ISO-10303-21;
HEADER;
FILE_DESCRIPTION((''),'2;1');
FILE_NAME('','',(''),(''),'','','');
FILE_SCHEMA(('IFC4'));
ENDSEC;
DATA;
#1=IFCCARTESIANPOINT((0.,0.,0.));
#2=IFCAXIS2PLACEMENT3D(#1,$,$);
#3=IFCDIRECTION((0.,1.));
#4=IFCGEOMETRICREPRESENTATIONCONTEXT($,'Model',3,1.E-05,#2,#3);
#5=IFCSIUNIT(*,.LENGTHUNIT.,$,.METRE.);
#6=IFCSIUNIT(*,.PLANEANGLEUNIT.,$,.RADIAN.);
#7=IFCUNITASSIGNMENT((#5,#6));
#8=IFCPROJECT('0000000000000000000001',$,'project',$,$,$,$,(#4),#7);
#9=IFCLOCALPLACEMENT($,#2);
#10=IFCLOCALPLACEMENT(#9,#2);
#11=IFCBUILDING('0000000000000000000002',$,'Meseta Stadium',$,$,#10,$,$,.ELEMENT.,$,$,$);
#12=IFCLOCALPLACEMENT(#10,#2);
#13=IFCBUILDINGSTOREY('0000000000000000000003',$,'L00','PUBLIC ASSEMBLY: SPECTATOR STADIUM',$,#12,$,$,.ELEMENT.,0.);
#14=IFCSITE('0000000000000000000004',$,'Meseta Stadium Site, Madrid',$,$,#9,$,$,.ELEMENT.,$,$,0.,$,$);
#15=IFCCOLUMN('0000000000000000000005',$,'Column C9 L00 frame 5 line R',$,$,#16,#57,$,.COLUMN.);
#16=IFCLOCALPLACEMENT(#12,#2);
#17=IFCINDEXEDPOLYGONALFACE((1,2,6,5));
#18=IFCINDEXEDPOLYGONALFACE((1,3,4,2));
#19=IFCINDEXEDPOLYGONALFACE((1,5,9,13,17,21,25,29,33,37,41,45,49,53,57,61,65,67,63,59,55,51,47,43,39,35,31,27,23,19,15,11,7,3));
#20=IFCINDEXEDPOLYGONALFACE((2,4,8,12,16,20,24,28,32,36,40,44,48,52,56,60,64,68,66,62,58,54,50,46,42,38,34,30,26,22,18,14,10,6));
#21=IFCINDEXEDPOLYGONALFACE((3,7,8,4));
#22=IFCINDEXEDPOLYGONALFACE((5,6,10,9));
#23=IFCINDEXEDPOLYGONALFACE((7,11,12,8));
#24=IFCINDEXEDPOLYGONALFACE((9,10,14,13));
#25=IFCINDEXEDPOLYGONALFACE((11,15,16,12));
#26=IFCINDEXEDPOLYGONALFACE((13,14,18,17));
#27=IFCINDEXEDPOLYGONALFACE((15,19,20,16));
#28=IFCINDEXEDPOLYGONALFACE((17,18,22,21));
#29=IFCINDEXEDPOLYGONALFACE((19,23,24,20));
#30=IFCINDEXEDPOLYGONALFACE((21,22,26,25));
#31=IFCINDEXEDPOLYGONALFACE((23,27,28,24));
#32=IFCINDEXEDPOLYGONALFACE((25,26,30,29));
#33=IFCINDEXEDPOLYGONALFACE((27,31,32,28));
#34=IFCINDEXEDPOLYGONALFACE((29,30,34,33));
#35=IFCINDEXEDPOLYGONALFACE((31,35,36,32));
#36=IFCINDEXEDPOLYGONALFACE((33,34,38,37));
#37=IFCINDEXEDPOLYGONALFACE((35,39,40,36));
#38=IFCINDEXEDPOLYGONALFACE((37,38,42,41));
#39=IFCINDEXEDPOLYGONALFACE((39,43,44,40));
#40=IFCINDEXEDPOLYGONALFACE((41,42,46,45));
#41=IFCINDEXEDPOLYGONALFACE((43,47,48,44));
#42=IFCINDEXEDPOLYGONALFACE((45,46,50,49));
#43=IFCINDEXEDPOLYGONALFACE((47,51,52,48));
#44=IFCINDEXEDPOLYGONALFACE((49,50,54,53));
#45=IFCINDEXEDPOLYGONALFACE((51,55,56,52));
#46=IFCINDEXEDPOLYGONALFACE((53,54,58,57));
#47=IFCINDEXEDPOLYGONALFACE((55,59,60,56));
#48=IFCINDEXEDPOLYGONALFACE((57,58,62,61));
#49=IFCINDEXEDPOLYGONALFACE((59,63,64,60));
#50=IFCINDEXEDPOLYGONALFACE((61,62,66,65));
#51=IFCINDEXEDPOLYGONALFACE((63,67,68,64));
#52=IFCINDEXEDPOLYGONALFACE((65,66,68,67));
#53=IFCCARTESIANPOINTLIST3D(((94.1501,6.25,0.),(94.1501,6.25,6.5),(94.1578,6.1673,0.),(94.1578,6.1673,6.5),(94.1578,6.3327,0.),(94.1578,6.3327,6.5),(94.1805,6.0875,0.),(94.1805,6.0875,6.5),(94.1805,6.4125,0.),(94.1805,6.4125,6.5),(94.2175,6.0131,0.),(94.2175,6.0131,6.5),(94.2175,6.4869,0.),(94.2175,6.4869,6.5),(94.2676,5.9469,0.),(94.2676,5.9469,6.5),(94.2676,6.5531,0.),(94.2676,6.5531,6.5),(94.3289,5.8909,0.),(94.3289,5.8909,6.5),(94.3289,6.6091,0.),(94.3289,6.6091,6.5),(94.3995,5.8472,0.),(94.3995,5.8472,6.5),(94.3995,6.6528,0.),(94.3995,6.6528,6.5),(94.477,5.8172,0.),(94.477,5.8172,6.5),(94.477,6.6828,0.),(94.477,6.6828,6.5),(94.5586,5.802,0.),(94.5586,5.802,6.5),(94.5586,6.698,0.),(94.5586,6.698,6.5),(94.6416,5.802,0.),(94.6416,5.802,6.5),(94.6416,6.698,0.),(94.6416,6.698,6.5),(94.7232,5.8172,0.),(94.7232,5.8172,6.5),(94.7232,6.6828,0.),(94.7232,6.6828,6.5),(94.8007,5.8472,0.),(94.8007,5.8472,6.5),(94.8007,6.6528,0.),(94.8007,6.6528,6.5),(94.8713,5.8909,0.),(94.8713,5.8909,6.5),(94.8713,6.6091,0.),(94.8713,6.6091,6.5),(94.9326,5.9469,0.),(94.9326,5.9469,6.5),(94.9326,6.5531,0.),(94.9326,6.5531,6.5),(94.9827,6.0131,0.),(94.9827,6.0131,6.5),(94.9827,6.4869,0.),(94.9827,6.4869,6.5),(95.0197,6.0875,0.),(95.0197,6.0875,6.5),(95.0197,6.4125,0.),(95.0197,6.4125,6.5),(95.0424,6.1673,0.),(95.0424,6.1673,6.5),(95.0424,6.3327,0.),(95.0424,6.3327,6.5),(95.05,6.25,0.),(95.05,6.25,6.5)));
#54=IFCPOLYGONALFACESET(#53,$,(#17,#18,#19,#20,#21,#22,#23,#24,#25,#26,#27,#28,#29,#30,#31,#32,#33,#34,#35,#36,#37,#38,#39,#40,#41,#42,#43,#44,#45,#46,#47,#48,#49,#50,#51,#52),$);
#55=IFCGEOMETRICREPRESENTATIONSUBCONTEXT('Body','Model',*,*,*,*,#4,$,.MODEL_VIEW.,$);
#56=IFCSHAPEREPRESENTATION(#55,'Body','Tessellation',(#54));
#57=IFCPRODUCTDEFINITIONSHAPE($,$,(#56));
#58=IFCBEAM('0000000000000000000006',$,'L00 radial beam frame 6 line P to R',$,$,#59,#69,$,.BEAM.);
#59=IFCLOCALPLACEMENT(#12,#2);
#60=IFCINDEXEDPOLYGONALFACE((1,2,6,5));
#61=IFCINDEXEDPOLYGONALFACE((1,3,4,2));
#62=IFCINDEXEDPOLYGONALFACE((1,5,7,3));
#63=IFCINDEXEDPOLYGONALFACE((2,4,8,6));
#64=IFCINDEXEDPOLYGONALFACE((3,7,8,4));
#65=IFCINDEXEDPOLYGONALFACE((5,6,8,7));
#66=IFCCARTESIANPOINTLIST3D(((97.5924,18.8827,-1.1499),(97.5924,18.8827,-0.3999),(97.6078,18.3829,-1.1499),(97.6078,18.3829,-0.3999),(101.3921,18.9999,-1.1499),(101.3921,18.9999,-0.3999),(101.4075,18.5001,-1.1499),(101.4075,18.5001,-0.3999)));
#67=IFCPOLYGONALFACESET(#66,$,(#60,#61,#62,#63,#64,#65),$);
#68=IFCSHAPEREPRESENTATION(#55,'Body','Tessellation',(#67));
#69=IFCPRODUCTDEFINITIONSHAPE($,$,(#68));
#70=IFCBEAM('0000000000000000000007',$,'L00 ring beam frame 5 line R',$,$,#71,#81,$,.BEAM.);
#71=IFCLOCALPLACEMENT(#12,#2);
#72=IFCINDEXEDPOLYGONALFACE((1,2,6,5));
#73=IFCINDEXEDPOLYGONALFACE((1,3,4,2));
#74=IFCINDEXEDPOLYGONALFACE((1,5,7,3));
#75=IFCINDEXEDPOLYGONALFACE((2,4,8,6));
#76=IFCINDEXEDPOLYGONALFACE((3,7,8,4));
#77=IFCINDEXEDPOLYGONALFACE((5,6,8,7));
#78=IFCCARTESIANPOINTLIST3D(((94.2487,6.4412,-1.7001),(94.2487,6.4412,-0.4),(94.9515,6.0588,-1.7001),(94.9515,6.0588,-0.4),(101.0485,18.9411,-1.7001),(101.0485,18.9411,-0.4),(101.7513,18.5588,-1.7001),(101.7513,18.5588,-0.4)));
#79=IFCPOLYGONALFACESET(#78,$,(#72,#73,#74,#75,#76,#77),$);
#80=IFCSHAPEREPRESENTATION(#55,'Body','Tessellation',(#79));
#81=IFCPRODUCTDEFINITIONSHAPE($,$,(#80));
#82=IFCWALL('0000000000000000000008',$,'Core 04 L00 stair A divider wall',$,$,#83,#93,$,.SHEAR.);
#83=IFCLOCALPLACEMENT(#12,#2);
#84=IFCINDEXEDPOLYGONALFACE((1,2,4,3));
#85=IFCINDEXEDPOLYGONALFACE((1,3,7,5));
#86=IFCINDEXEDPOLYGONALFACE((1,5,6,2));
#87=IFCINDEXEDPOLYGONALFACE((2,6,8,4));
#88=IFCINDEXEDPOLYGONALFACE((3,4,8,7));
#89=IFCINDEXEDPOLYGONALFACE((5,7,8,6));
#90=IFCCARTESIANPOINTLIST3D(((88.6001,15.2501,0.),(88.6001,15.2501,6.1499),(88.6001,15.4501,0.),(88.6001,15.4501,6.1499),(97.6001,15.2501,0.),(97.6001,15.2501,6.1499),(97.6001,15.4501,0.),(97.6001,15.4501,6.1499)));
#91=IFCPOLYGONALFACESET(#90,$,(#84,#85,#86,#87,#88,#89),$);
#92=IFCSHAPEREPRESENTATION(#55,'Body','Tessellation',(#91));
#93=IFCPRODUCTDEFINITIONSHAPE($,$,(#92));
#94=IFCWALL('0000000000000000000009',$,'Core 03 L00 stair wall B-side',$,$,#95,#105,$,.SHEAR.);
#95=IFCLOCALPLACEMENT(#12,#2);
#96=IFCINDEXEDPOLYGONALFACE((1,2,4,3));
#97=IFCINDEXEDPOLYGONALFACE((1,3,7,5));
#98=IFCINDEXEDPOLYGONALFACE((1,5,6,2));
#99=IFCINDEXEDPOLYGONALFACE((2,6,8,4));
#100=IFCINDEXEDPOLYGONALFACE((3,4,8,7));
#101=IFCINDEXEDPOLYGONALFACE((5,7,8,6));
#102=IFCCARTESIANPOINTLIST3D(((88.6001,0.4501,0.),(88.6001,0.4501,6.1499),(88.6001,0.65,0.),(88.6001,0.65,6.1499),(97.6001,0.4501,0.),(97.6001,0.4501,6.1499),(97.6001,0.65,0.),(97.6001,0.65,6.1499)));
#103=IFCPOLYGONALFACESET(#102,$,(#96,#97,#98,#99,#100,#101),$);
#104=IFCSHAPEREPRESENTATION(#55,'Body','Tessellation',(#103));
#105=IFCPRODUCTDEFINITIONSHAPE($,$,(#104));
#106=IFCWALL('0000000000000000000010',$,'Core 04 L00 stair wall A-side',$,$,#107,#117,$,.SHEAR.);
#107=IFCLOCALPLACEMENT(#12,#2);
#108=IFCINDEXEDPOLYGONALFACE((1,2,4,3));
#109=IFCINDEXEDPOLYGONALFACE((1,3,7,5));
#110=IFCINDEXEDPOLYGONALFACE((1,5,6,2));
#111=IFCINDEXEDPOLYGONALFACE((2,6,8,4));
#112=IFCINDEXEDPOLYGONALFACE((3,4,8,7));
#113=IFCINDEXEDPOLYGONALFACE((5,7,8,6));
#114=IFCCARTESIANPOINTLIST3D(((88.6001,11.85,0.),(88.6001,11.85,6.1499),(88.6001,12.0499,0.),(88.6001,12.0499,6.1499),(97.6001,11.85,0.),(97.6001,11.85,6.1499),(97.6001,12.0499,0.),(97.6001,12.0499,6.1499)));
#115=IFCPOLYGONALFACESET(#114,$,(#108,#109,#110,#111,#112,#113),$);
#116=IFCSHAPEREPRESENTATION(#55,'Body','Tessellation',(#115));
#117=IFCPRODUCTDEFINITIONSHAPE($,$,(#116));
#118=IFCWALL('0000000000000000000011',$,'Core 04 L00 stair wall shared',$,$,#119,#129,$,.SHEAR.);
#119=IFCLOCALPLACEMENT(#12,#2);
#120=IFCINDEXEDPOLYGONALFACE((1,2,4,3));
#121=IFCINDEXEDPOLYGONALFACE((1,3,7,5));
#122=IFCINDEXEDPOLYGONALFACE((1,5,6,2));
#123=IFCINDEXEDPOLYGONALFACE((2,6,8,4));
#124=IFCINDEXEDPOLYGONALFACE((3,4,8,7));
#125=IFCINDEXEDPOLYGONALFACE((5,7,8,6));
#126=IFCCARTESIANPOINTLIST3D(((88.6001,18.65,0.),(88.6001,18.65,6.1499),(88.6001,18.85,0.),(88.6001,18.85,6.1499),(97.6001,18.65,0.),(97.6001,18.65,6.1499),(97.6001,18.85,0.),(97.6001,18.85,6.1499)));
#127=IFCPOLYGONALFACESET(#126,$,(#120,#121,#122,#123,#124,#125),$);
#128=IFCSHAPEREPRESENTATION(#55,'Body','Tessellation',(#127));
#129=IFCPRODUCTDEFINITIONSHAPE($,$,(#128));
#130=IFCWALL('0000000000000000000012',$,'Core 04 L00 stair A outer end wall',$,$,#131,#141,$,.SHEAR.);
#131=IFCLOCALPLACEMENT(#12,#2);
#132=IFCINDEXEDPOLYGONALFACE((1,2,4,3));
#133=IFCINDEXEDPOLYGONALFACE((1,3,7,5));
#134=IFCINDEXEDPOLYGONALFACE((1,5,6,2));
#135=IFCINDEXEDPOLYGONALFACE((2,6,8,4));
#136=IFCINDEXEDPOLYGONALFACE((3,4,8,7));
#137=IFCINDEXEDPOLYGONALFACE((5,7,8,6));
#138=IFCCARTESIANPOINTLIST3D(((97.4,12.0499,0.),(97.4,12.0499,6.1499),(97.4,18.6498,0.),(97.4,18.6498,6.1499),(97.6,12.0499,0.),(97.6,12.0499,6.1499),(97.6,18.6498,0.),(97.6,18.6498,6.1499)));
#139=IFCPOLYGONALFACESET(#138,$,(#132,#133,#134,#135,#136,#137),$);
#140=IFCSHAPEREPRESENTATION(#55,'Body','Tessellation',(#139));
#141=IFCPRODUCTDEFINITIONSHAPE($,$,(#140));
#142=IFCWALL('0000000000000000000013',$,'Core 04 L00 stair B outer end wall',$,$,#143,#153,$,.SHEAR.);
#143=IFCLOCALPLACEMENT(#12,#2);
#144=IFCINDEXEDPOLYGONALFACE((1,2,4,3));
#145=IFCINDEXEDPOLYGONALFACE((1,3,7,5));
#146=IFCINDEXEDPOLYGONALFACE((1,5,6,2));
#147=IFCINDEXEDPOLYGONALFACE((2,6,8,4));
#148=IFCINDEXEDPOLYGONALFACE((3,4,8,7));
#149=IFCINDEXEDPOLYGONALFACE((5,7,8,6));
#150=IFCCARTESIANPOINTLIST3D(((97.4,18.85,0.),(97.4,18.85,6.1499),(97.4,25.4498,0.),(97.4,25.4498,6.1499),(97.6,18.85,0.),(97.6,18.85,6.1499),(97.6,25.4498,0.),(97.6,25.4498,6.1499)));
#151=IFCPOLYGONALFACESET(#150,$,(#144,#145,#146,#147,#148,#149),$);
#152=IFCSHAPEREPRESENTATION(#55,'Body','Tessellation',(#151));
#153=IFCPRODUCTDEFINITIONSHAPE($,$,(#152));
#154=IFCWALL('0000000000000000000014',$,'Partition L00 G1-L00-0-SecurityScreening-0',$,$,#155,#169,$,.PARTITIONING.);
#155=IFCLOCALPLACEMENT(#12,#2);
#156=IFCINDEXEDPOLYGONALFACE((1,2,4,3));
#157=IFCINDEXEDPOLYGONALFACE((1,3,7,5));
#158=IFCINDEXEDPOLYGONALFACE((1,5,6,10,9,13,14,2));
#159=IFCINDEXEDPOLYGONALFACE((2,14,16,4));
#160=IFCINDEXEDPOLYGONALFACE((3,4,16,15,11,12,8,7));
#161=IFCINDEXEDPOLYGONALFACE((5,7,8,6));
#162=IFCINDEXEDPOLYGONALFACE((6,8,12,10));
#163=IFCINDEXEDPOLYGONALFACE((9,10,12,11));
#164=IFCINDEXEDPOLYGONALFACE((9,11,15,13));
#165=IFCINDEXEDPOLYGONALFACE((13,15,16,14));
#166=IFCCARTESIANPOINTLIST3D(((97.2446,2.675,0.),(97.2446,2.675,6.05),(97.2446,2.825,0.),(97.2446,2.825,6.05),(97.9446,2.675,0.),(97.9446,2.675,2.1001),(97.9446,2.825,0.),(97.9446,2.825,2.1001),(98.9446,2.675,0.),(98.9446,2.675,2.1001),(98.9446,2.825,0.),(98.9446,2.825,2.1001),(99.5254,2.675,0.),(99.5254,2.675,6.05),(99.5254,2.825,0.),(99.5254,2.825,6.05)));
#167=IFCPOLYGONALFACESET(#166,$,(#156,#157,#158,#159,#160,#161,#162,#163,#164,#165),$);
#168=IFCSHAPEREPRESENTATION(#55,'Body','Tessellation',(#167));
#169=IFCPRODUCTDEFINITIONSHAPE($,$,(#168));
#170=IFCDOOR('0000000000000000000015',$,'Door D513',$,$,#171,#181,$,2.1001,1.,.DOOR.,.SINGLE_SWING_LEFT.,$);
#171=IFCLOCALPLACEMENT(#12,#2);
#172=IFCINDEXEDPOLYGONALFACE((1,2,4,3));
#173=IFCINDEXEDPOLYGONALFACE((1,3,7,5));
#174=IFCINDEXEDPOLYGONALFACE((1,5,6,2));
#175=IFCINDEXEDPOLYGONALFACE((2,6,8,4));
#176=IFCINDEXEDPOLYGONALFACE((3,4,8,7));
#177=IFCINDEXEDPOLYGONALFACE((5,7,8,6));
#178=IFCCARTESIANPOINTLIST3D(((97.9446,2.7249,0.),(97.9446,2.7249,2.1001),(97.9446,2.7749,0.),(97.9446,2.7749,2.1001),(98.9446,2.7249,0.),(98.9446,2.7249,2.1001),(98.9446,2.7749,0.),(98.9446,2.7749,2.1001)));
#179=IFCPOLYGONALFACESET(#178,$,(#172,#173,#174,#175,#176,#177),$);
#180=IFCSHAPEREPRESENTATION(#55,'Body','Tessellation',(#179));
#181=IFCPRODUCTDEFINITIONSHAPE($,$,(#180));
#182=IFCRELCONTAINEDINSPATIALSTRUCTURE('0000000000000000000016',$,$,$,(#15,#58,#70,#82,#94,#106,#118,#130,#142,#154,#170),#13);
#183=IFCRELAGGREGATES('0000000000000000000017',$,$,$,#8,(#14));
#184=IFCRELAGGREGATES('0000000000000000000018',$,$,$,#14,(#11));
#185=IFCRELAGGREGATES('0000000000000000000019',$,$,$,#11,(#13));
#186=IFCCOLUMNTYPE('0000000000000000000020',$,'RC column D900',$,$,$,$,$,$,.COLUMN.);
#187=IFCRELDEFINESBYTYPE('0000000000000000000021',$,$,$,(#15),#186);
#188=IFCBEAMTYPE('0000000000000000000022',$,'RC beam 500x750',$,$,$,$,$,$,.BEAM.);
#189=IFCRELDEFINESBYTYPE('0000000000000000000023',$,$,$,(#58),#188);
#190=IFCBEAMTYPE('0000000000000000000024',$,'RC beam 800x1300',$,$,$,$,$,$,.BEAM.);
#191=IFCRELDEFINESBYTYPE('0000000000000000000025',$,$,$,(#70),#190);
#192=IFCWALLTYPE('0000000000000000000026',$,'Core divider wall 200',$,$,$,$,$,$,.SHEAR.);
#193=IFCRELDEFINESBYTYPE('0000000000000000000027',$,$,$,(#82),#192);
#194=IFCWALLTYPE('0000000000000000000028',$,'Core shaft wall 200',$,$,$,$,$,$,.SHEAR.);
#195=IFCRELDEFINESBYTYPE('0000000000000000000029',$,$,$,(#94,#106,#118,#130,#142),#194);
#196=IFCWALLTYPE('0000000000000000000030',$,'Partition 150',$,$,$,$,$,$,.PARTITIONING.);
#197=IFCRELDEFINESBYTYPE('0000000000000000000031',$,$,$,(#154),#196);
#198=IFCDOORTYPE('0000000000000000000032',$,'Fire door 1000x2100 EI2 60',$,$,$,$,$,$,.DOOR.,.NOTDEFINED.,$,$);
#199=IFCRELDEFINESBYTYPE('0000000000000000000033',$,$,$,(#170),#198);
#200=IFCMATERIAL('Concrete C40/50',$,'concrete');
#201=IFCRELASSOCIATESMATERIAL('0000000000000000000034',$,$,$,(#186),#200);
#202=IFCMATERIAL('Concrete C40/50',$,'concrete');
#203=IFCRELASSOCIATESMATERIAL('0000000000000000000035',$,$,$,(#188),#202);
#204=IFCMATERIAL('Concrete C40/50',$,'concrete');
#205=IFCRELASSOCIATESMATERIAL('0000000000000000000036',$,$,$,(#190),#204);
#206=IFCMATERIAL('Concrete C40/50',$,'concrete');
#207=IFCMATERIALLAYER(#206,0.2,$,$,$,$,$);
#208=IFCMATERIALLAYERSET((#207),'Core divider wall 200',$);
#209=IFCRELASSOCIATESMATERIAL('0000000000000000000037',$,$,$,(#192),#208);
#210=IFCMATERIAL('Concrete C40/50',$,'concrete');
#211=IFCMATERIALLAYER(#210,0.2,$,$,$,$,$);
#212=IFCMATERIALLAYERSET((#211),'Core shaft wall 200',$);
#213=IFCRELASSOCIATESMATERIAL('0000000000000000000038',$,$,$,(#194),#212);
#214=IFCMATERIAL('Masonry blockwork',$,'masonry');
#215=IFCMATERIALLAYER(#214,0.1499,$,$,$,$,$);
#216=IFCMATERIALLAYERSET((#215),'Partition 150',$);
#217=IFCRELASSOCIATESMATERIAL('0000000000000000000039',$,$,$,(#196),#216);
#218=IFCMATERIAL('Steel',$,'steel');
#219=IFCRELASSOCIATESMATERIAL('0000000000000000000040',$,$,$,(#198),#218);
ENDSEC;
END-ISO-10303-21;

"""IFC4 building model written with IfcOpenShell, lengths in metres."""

from ifc_helpers import new_model, si_unit, direction, frame, frame_2d, origin, origin_2d, place, context, subcontext, project, spatial, rectangle, circle, extrude, material, layer, layer_set, material_profile, profile_set, type_object, element, fill, save


model = new_model("IFC4")

# Units and contexts
model_context = context("Model", 3, precision=1e-05, world=origin(), true_north=direction((0.0, 1.0)))
body_context = subcontext(model_context, "Body", "Model", "MODEL_VIEW")
ifc_project = project(units=[si_unit("LENGTHUNIT", "METRE"), si_unit("PLANEANGLEUNIT", "RADIAN")], contexts=[model_context])

# Site, building, storey
site_placement = place(None, origin())
site = spatial("IfcSite", under=ifc_project, at=site_placement, Name="Meseta Stadium Site, Madrid", CompositionType="ELEMENT", RefElevation=0.0)
building_placement = place(site_placement, origin())
building = spatial("IfcBuilding", under=site, at=building_placement, Name="Meseta Stadium", CompositionType="ELEMENT")
storey_placement = place(building_placement, origin())
storey = spatial("IfcBuildingStorey", under=building, at=storey_placement, Name="L00", Description="PUBLIC ASSEMBLY: SPECTATOR STADIUM", CompositionType="ELEMENT", Elevation=0.0)

# Column
ifc_material_1 = material(Name="Concrete C40/50", Category="concrete")
ifc_material_profile_1 = material_profile(ifc_material_1, circle(Radius=0.45, at=origin_2d()), Name="RC D900")
ifc_profile_set_1 = profile_set([ifc_material_profile_1], Name="Concrete C40/50")
column_type = type_object("IfcColumnType", Name="RC column D900", PredefinedType="COLUMN", material=ifc_profile_set_1)
column_placement = place(storey_placement, frame((94.6001, 6.25, 0.0), z_axis=(0.0, 0.0, 1.0), x_axis=(1.0, 0.0, 0.0)))
element("IfcColumn", 1, at=column_placement, inside=storey, type_object=column_type, Name="Column C9 L00 frame 5 line R", PredefinedType="COLUMN", context=body_context, shape_type="SweptSolid", body=[
    extrude(circle(Radius=0.45, at=origin_2d()), origin(), (0.0, 0.0, 1.0), 6.5),
])

# Beams
ifc_material_2 = material(Name="Concrete C40/50", Category="concrete")
ifc_material_profile_2 = material_profile(ifc_material_2, rectangle(XDim=0.5, YDim=0.75, at=origin_2d()), Name="RC 500x750")
ifc_profile_set_2 = profile_set([ifc_material_profile_2], Name="Concrete C40/50")
beam_type_1 = type_object("IfcBeamType", Name="RC beam 500x750", PredefinedType="BEAM", material=ifc_profile_set_2)
beam_1_placement = place(storey_placement, frame((97.6001, 18.6328, -0.7749), z_axis=(0.999525, 0.030826, 0.0), x_axis=(-0.030826, 0.999525, 0.0)))
element("IfcBeam", 2, at=beam_1_placement, inside=storey, type_object=beam_type_1, Name="L00 radial beam frame 6 line P to R", PredefinedType="BEAM", context=body_context, shape_type="SweptSolid", body=[
    extrude(rectangle(XDim=0.5, YDim=0.75, at=origin_2d()), origin(), (0.0, 0.0, 1.0), 3.8015),
])
ifc_material_3 = material(Name="Concrete C40/50", Category="concrete")
ifc_material_profile_3 = material_profile(ifc_material_3, rectangle(XDim=0.8, YDim=1.3, at=origin_2d()), Name="RC 800x1300")
ifc_profile_set_3 = profile_set([ifc_material_profile_3], Name="Concrete C40/50")
beam_type_2 = type_object("IfcBeamType", Name="RC beam 800x1300", PredefinedType="BEAM", material=ifc_profile_set_3)
beam_2_placement = place(storey_placement, frame((94.6001, 6.25, -1.05), z_axis=(0.477856, 0.878438, 0.0), x_axis=(-0.878438, 0.477856, 0.0)))
element("IfcBeam", 3, at=beam_2_placement, inside=storey, type_object=beam_type_2, Name="L00 ring beam frame 5 line R", PredefinedType="BEAM", context=body_context, shape_type="SweptSolid", body=[
    extrude(rectangle(XDim=0.8, YDim=1.3, at=origin_2d()), origin(), (0.0, 0.0, 1.0), 14.2297),
])

# Walls
ifc_material_4 = material(Name="Concrete C40/50", Category="concrete")
ifc_layer_1 = layer(ifc_material_4, 0.2)
ifc_layer_set_1 = layer_set([ifc_layer_1], Name="Core divider wall 200")
wall_type_1 = type_object("IfcWallType", Name="Core divider wall 200", PredefinedType="SHEAR", material=ifc_layer_set_1)
wall_1_placement = place(storey_placement, frame((97.6001, 15.3501, 0.0), z_axis=(0.0, 0.0, 1.0), x_axis=(-1.0, 0.0, 0.0)))
element("IfcWall", 4, at=wall_1_placement, inside=storey, type_object=wall_type_1, Name="Core 04 L00 stair A divider wall", PredefinedType="SHEAR", context=body_context, shape_type="SweptSolid", body=[
    extrude(rectangle(XDim=9.0, YDim=0.2, at=frame_2d((4.5, 0.0))), origin(), (0.0, 0.0, 1.0), 6.1499),
])
ifc_material_5 = material(Name="Concrete C40/50", Category="concrete")
ifc_layer_2 = layer(ifc_material_5, 0.2)
ifc_layer_set_2 = layer_set([ifc_layer_2], Name="Core shaft wall 200")
wall_type_2 = type_object("IfcWallType", Name="Core shaft wall 200", PredefinedType="SHEAR", material=ifc_layer_set_2)
for number, where, z_axis, x_axis, name in (
    (5, (97.6001, 0.55, 0.0), (0.0, 0.0, 1.0), (-1.0, 0.0, 0.0), "Core 03 L00 stair wall B-side"),
    (6, (97.6001, 11.95, 0.0), (0.0, 0.0, 1.0), (-1.0, 0.0, 0.0), "Core 04 L00 stair wall A-side"),
    (7, (97.6001, 18.75, 0.0), (0.0, 0.0, 1.0), (-1.0, 0.0, 0.0), "Core 04 L00 stair wall shared"),
):
    element("IfcWall", number, at=place(storey_placement, frame(where, z_axis=z_axis, x_axis=x_axis)), inside=storey, type_object=wall_type_2, Name=name, PredefinedType="SHEAR", context=body_context, shape_type="SweptSolid", body=[
        extrude(rectangle(XDim=9.0, YDim=0.2, at=frame_2d((4.5, 0.0))), origin(), (0.0, 0.0, 1.0), 6.1499),
    ])
for number, where, z_axis, x_axis, name in (
    (8, (97.5, 12.05, 0.0), (0.0, 0.0, 1.0), (0.0, 1.0, 0.0), "Core 04 L00 stair A outer end wall"),
    (9, (97.5, 18.8501, 0.0), (0.0, 0.0, 1.0), (0.0, 1.0, 0.0), "Core 04 L00 stair B outer end wall"),
):
    element("IfcWall", number, at=place(storey_placement, frame(where, z_axis=z_axis, x_axis=x_axis)), inside=storey, type_object=wall_type_2, Name=name, PredefinedType="SHEAR", context=body_context, shape_type="SweptSolid", body=[
        extrude(rectangle(XDim=6.5999, YDim=0.2, at=frame_2d((3.2998, 0.0))), origin(), (0.0, 0.0, 1.0), 6.1499),
    ])

# Wall, opening, door
ifc_material_6 = material(Name="Masonry blockwork", Category="masonry")
ifc_layer_3 = layer(ifc_material_6, 0.1499)
ifc_layer_set_3 = layer_set([ifc_layer_3], Name="Partition 150")
wall_type_3 = type_object("IfcWallType", Name="Partition 150", PredefinedType="PARTITIONING", material=ifc_layer_set_3)
wall_2_placement = place(storey_placement, frame((97.2446, 2.75, 0.0), z_axis=(0.0, 0.0, 1.0), x_axis=(1.0, 0.0, 0.0)))
wall_2 = element("IfcWall", 10, at=wall_2_placement, inside=storey, type_object=wall_type_3, Name="Partition L00 G1-L00-0-SecurityScreening-0", PredefinedType="PARTITIONING", context=body_context, shape_type="SweptSolid", body=[
    extrude(rectangle(XDim=2.2808, YDim=0.1499, at=frame_2d((1.1404, 0.0))), origin(), (0.0, 0.0, 1.0), 6.05),
])
opening_1_placement = place(wall_2_placement, frame((0.7, 0.0, 0.0)))
opening_1 = element("IfcOpeningElement", 11, at=opening_1_placement, cuts=wall_2, PredefinedType="OPENING", context=body_context, shape_type="SweptSolid", body=[
    extrude(rectangle(XDim=1.0, YDim=2.1001, at=frame_2d((0.5, 1.05))), frame((0.0, 0.085, 0.0), z_axis=(0.0, -1.0, 0.0), x_axis=(1.0, 0.0, 0.0)), (0.0, 0.0, 1.0), 0.1699),
])
ifc_material_7 = material(Name="Steel", Category="steel")
door_type_1 = type_object("IfcDoorType", Name="Fire door 1000x2100 EI2 60", OperationType="NOTDEFINED", PredefinedType="DOOR", material=ifc_material_7)
door_1_placement = place(opening_1_placement, origin())
door_1 = element("IfcDoor", 12, at=door_1_placement, inside=storey, type_object=door_type_1, Name="Door D513", OperationType="SINGLE_SWING_LEFT", OverallHeight=2.1001, OverallWidth=1.0, PredefinedType="DOOR", context=body_context, shape_type="SweptSolid", body=[
    extrude(rectangle(XDim=1.0, YDim=2.1001, at=frame_2d((0.5, 1.05))), frame((0.0, 0.0249, 0.0), z_axis=(0.0, -1.0, 0.0), x_axis=(1.0, 0.0, 0.0)), (0.0, 0.0, 1.0), 0.05),
])
fill(opening_1, door_1)

save(model, "model.ifc")
